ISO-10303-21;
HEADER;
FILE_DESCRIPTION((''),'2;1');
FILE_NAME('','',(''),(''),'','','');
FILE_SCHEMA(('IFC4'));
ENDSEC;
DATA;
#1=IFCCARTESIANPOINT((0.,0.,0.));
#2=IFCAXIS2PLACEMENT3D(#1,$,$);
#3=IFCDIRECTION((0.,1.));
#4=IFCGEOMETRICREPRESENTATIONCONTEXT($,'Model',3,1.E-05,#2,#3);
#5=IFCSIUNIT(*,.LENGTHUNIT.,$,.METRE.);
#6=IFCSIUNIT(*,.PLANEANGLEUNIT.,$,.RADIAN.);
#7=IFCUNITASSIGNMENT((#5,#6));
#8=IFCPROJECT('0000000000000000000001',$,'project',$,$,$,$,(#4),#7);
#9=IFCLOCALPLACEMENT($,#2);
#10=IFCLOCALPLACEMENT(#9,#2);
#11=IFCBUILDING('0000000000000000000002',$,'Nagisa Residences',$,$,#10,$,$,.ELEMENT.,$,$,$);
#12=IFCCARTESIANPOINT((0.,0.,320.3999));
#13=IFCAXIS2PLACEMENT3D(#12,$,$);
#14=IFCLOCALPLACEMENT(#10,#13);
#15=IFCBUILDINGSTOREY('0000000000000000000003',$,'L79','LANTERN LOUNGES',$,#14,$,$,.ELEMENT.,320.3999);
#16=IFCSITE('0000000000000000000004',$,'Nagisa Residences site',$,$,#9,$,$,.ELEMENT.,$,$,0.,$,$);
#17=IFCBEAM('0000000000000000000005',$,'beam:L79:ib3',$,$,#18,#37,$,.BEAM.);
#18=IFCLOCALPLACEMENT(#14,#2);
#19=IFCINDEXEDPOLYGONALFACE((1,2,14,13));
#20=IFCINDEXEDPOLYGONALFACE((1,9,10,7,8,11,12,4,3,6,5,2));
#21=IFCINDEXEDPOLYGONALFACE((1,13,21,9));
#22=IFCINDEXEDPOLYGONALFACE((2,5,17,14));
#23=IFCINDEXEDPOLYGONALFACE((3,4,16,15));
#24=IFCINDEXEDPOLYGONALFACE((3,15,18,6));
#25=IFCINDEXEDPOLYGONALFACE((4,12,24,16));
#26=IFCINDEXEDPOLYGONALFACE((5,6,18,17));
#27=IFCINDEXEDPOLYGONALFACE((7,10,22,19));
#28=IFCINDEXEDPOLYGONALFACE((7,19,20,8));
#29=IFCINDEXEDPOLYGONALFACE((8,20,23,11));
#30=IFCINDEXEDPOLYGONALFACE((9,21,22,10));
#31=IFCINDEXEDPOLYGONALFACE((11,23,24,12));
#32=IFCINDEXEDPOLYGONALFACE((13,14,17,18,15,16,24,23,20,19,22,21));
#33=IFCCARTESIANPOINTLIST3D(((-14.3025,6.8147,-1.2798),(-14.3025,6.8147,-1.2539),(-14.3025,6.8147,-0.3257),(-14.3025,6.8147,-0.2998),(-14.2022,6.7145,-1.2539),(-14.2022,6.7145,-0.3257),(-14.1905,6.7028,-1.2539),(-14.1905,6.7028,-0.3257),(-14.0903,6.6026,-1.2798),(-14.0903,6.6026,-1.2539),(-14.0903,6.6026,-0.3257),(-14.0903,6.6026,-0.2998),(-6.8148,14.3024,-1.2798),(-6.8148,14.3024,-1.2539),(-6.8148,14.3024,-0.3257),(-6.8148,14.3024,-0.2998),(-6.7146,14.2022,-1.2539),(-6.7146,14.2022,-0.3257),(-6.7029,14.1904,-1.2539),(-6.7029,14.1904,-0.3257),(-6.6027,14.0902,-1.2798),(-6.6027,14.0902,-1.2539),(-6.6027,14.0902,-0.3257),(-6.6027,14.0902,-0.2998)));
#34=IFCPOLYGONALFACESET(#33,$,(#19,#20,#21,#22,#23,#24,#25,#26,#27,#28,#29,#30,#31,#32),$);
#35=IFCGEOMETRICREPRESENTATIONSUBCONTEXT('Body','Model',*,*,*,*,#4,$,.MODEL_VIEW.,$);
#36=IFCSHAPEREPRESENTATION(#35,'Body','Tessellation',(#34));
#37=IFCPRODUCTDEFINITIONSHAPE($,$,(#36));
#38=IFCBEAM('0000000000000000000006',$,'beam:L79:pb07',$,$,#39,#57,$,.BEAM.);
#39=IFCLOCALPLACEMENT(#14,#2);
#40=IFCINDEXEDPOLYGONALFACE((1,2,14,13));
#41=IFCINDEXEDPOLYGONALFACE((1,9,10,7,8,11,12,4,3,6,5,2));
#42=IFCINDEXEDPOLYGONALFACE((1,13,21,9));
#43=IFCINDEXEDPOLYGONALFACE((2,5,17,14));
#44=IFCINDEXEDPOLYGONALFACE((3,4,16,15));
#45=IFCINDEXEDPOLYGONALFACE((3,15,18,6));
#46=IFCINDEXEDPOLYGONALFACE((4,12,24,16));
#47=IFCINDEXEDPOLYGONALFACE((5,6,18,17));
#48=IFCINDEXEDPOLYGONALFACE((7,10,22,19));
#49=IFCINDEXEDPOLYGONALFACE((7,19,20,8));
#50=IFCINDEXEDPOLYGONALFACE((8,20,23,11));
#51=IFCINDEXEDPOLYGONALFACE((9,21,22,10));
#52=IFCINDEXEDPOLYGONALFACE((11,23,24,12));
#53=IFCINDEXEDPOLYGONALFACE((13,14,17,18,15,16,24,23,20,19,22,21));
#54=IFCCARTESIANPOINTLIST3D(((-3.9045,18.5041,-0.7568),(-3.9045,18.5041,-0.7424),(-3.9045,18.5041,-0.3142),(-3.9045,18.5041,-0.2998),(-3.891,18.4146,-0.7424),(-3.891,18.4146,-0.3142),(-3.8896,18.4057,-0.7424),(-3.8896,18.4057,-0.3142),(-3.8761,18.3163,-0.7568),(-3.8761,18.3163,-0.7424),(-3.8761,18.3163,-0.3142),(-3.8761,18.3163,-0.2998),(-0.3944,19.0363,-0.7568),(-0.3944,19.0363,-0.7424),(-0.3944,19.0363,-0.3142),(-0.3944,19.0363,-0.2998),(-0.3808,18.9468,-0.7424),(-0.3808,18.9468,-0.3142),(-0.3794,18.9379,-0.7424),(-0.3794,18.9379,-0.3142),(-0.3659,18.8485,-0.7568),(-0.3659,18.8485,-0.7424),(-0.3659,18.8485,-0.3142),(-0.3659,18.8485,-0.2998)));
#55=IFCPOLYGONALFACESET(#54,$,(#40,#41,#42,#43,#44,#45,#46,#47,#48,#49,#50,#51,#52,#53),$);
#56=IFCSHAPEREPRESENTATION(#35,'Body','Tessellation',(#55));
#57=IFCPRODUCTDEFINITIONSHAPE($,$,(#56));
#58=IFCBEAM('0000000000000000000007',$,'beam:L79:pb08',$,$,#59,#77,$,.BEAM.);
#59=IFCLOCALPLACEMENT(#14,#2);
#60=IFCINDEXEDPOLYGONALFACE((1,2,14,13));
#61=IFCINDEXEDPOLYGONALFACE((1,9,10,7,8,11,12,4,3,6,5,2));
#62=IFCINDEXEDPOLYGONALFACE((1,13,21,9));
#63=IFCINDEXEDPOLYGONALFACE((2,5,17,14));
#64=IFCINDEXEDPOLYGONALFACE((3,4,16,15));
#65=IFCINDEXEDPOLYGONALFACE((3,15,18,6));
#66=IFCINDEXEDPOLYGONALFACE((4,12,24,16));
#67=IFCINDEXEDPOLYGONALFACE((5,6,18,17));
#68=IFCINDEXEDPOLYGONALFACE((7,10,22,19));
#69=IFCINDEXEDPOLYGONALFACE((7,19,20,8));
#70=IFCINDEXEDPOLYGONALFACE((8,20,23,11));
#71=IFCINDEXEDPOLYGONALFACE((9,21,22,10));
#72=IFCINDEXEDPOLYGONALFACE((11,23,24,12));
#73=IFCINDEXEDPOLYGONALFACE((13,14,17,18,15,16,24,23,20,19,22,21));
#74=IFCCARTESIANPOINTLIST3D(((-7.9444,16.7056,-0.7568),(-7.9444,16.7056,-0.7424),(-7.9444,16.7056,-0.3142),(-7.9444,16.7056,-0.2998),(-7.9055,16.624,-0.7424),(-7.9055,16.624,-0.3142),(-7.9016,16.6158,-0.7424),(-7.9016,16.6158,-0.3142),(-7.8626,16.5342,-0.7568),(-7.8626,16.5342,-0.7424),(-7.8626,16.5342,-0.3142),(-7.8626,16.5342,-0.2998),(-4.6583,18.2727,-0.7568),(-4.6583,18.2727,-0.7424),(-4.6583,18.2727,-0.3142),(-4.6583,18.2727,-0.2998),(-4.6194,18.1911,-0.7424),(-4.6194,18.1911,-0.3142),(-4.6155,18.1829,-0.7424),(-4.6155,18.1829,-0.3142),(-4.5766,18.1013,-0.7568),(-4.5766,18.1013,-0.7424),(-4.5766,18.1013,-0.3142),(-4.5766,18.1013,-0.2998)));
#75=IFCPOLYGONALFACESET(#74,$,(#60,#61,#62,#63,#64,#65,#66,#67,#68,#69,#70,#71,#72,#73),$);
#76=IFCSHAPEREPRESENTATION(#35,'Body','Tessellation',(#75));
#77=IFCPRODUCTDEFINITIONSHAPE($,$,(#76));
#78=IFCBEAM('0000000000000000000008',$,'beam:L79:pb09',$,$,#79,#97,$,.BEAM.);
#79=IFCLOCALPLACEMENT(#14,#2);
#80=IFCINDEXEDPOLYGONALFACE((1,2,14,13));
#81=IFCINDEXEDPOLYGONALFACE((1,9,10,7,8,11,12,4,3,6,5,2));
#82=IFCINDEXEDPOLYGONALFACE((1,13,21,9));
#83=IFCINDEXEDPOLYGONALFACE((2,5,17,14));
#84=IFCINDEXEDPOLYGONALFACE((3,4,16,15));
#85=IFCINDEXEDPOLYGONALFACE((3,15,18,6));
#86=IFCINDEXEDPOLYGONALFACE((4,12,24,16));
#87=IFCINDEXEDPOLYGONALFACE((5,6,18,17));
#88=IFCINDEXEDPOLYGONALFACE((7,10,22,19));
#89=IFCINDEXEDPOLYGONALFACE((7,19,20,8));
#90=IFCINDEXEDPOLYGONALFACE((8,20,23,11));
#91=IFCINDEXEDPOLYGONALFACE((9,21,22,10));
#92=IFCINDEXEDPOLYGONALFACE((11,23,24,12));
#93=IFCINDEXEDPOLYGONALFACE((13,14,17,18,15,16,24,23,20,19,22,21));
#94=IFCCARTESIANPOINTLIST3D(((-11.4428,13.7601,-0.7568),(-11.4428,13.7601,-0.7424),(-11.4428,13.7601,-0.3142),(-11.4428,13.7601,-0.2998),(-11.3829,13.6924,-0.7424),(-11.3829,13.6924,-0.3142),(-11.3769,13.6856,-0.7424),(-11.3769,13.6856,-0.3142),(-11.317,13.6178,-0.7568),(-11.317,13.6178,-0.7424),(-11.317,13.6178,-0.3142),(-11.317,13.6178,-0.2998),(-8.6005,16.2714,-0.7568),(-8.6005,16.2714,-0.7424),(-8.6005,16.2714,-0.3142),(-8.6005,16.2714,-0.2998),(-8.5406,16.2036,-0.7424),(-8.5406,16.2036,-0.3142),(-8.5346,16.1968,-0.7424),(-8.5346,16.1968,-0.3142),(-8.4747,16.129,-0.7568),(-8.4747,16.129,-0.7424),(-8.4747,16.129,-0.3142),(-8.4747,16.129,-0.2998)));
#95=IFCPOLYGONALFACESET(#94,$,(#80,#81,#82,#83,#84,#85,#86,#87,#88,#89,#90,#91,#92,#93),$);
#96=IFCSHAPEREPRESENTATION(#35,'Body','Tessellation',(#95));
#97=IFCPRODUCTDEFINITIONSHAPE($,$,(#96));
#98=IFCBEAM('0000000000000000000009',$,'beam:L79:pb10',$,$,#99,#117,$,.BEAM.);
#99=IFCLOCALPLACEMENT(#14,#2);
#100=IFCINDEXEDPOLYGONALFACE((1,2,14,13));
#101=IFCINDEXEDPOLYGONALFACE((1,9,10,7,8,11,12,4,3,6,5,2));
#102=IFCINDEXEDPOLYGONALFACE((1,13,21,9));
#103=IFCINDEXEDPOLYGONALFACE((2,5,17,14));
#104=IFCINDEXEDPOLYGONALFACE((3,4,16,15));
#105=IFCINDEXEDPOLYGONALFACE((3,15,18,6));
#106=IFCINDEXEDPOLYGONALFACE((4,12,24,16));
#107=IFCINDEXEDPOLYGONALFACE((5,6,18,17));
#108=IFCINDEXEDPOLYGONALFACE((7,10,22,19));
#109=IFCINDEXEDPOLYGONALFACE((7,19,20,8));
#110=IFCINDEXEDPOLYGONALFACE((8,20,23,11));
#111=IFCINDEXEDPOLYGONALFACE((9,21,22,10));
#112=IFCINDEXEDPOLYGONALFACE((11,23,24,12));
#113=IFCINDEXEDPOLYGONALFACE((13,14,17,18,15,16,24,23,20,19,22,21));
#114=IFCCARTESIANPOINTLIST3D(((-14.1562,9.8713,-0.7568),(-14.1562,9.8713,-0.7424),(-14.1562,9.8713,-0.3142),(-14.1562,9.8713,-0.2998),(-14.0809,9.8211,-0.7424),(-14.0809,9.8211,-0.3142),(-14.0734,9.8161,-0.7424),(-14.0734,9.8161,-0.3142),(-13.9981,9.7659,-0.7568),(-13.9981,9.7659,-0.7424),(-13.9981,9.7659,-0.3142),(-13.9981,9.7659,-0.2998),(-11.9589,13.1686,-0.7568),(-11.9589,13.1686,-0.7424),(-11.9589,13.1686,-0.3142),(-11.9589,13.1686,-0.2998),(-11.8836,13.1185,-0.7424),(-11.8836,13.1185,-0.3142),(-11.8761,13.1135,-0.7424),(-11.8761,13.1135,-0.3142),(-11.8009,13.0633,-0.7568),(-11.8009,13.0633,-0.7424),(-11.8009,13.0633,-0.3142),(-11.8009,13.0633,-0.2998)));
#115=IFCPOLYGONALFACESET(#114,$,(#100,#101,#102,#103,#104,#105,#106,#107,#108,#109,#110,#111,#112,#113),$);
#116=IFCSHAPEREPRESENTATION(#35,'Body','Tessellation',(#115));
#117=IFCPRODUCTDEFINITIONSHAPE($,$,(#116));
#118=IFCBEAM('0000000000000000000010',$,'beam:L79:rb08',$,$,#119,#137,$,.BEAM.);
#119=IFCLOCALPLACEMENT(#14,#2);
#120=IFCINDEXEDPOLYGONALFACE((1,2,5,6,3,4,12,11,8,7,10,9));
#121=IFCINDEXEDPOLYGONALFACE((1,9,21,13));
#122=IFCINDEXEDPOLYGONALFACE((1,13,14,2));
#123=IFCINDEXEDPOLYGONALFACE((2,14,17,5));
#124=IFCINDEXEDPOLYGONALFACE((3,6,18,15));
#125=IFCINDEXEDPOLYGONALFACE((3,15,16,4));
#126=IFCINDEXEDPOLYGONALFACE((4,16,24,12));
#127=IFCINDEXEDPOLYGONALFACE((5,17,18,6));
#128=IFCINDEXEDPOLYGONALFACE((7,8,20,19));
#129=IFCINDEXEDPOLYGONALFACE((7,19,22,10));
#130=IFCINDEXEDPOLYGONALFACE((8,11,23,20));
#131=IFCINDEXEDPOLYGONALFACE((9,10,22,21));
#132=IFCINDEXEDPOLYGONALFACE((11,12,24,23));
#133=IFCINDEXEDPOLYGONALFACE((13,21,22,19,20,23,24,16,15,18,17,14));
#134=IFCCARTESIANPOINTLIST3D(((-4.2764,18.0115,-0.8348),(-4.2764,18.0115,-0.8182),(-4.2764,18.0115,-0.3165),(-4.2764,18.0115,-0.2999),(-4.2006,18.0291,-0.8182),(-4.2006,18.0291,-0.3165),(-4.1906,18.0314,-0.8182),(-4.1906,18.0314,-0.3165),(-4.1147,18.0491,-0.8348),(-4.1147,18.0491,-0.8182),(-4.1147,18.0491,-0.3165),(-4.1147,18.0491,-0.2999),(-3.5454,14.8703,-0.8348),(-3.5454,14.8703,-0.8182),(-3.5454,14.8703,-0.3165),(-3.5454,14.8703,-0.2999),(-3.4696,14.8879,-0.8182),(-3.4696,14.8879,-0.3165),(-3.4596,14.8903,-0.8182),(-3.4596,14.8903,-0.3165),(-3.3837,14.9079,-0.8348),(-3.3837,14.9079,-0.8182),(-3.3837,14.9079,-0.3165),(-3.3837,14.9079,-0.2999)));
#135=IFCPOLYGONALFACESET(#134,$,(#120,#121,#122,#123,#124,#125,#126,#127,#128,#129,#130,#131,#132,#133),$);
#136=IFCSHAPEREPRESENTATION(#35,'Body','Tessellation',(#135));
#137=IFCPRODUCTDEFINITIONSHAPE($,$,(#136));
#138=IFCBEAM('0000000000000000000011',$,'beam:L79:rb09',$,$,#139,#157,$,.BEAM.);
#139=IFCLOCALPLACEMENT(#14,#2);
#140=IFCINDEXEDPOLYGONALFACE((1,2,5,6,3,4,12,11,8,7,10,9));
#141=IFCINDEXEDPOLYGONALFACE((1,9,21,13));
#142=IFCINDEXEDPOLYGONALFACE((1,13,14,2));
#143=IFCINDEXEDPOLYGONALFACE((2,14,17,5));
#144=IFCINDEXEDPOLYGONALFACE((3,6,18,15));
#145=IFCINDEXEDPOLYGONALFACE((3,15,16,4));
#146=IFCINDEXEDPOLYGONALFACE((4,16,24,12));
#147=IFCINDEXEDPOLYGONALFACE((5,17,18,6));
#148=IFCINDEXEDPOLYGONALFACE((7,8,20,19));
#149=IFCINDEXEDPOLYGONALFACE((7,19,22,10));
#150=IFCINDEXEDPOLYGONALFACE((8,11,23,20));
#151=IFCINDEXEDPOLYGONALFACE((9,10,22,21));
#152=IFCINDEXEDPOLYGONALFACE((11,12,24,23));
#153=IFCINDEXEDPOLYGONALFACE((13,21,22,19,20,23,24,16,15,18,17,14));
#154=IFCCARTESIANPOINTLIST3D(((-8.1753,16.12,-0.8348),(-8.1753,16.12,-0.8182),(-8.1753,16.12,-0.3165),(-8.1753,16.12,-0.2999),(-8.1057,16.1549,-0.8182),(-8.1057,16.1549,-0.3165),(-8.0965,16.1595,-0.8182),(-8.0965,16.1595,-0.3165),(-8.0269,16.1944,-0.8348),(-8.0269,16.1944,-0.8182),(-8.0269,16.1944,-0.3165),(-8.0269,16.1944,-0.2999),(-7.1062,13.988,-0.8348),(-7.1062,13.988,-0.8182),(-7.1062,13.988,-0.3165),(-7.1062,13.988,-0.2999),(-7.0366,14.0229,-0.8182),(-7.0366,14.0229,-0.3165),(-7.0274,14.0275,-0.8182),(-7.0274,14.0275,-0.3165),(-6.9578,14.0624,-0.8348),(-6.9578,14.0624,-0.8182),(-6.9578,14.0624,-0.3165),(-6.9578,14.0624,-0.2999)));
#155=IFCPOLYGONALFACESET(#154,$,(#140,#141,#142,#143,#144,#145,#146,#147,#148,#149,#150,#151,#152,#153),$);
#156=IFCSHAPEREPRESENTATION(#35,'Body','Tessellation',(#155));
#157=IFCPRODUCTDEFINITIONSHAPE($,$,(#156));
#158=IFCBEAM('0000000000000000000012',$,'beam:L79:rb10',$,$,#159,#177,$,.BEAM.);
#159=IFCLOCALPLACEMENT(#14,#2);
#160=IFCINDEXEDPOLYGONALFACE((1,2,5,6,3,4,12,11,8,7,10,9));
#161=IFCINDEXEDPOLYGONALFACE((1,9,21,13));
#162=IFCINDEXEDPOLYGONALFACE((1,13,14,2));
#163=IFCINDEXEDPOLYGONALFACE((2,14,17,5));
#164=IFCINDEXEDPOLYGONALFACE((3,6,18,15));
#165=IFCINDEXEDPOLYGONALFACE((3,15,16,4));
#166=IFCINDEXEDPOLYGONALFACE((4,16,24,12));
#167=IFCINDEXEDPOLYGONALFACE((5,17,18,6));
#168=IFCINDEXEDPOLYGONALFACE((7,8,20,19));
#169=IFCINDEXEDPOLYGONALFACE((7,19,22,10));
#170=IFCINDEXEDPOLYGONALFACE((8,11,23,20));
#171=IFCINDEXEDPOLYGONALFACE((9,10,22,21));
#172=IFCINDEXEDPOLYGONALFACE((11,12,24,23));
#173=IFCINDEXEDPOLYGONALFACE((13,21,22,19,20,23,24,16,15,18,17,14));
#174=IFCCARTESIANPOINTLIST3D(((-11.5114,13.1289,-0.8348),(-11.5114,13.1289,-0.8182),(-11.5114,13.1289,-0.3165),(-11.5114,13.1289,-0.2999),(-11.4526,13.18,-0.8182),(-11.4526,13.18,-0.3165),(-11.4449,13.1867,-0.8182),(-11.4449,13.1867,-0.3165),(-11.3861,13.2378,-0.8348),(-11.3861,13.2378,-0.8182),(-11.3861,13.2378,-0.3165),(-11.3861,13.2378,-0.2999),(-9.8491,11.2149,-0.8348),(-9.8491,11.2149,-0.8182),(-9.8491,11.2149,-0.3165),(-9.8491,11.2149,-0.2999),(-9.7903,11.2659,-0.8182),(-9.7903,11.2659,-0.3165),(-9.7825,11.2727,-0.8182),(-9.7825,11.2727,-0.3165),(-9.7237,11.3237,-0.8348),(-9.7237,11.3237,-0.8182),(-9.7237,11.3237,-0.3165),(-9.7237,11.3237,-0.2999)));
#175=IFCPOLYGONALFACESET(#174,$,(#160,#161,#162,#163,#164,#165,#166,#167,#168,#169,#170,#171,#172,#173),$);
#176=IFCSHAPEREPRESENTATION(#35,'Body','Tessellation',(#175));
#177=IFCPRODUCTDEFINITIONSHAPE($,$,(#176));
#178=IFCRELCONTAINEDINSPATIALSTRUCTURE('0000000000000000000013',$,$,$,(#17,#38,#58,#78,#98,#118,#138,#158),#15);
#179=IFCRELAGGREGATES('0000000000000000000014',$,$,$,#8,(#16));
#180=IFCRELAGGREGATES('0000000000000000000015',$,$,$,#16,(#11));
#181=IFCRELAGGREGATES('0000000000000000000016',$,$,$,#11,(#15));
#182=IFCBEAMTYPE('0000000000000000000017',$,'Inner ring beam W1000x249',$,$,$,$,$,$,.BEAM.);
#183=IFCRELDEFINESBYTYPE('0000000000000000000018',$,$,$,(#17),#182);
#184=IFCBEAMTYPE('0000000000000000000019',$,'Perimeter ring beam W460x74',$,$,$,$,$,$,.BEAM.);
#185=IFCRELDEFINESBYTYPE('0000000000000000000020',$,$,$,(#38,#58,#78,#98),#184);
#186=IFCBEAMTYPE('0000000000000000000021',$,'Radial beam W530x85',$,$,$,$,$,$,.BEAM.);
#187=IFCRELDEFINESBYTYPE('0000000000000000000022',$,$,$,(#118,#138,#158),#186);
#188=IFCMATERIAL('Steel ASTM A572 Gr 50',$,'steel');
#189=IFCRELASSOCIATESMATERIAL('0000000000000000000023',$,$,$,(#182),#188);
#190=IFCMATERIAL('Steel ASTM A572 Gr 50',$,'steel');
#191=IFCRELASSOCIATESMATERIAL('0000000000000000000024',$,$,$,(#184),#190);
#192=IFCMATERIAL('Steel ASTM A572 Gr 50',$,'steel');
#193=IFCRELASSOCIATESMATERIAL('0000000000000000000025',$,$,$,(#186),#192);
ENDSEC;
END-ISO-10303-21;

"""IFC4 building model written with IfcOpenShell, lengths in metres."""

from ifc_helpers import new_model, si_unit, direction, frame, origin, origin_2d, place, context, subcontext, project, spatial, i_section, extrude, material, material_profile, profile_set, type_object, element, save


model = new_model("IFC4")

# Units and contexts
model_context = context("Model", 3, precision=1e-05, world=origin(), true_north=direction((0.0, 1.0)))
body_context = subcontext(model_context, "Body", "Model", "MODEL_VIEW")
ifc_project = project(units=[si_unit("LENGTHUNIT", "METRE"), si_unit("PLANEANGLEUNIT", "RADIAN")], contexts=[model_context])

# Site, building, storey
site_placement = place(None, origin())
site = spatial("IfcSite", under=ifc_project, at=site_placement, Name="Nagisa Residences site", CompositionType="ELEMENT", RefElevation=0.0)
building_placement = place(site_placement, origin())
building = spatial("IfcBuilding", under=site, at=building_placement, Name="Nagisa Residences", CompositionType="ELEMENT")
storey_placement = place(building_placement, frame((0.0, 0.0, 320.3999)))
storey = spatial("IfcBuildingStorey", under=building, at=storey_placement, Name="L79", Description="LANTERN LOUNGES", CompositionType="ELEMENT", Elevation=320.3999)

# Beams
ifc_material_1 = material(Name="Steel ASTM A572 Gr 50", Category="steel")
ifc_material_profile_1 = material_profile(ifc_material_1, i_section(OverallWidth=0.3, OverallDepth=0.98, WebThickness=0.0166, FlangeThickness=0.0259, at=origin_2d()), Name="W1000x249")
ifc_profile_set_1 = profile_set([ifc_material_profile_1], Name="Steel ASTM A572 Gr 50")
beam_type_1 = type_object("IfcBeamType", Name="Inner ring beam W1000x249", PredefinedType="BEAM", material=ifc_profile_set_1)
beam_1_placement = place(storey_placement, frame((-6.7087, 14.1963, -0.7898), z_axis=(-0.707107, -0.707107, 0.0), x_axis=(0.707107, -0.707107, 0.0)))
element("IfcBeam", 1, at=beam_1_placement, inside=storey, type_object=beam_type_1, Name="beam:L79:ib3", PredefinedType="BEAM", context=body_context, shape_type="SweptSolid", body=[
    extrude(i_section(OverallWidth=0.3, OverallDepth=0.98, WebThickness=0.0166, FlangeThickness=0.0259, at=origin_2d()), origin(), (0.0, 0.0, 1.0), 10.5891),
])
ifc_material_2 = material(Name="Steel ASTM A572 Gr 50", Category="steel")
ifc_material_profile_2 = material_profile(ifc_material_2, i_section(OverallWidth=0.1899, OverallDepth=0.457, WebThickness=0.009, FlangeThickness=0.0144, at=origin_2d()), Name="W460x74")
ifc_profile_set_2 = profile_set([ifc_material_profile_2], Name="Steel ASTM A572 Gr 50")
beam_type_2 = type_object("IfcBeamType", Name="Perimeter ring beam W460x74", PredefinedType="BEAM", material=ifc_profile_set_2)
beam_2_placement = place(storey_placement, frame((-0.3801, 18.9424, -0.5283), z_axis=(-0.9887, -0.149907, 0.0), x_axis=(0.149907, -0.9887, 0.0)))
element("IfcBeam", 2, at=beam_2_placement, inside=storey, type_object=beam_type_2, Name="beam:L79:pb07", PredefinedType="BEAM", context=body_context, shape_type="SweptSolid", body=[
    extrude(i_section(OverallWidth=0.1899, OverallDepth=0.457, WebThickness=0.009, FlangeThickness=0.0144, at=origin_2d()), origin(), (0.0, 0.0, 1.0), 3.5503),
])
beam_3_placement = place(storey_placement, frame((-4.6174, 18.187, -0.5283), z_axis=(-0.902614, -0.430452, 0.0), x_axis=(0.430452, -0.902614, 0.0)))
element("IfcBeam", 3, at=beam_3_placement, inside=storey, type_object=beam_type_2, Name="beam:L79:pb08", PredefinedType="BEAM", context=body_context, shape_type="SweptSolid", body=[
    extrude(i_section(OverallWidth=0.1899, OverallDepth=0.457, WebThickness=0.009, FlangeThickness=0.0144, at=origin_2d()), origin(), (0.0, 0.0, 1.0), 3.6406),
])
beam_4_placement = place(storey_placement, frame((-8.5376, 16.2002, -0.5283), z_axis=(-0.749402, -0.662115, 0.0), x_axis=(0.662115, -0.749402, 0.0)))
element("IfcBeam", 4, at=beam_4_placement, inside=storey, type_object=beam_type_2, Name="beam:L79:pb09", PredefinedType="BEAM", context=body_context, shape_type="SweptSolid", body=[
    extrude(i_section(OverallWidth=0.1899, OverallDepth=0.457, WebThickness=0.009, FlangeThickness=0.0144, at=origin_2d()), origin(), (0.0, 0.0, 1.0), 3.7927),
])
beam_5_placement = place(storey_placement, frame((-11.8799, 13.116, -0.5283), z_axis=(-0.55453, -0.832164, 0.0), x_axis=(0.832164, -0.55453, 0.0)))
element("IfcBeam", 5, at=beam_5_placement, inside=storey, type_object=beam_type_2, Name="beam:L79:pb10", PredefinedType="BEAM", context=body_context, shape_type="SweptSolid", body=[
    extrude(i_section(OverallWidth=0.1899, OverallDepth=0.457, WebThickness=0.009, FlangeThickness=0.0144, at=origin_2d()), origin(), (0.0, 0.0, 1.0), 3.9624),
])
ifc_material_3 = material(Name="Steel ASTM A572 Gr 50", Category="steel")
ifc_material_profile_3 = material_profile(ifc_material_3, i_section(OverallWidth=0.166, OverallDepth=0.5349, WebThickness=0.0103, FlangeThickness=0.0166, at=origin_2d()), Name="W530x85")
ifc_profile_set_3 = profile_set([ifc_material_profile_3], Name="Steel ASTM A572 Gr 50")
beam_type_3 = type_object("IfcBeamType", Name="Radial beam W530x85", PredefinedType="BEAM", material=ifc_profile_set_3)
beam_6_placement = place(storey_placement, frame((-4.1956, 18.0303, -0.5674), z_axis=(0.22665, -0.973976, 0.0), x_axis=(0.973976, 0.22665, 0.0)))
element("IfcBeam", 6, at=beam_6_placement, inside=storey, type_object=beam_type_3, Name="beam:L79:rb08", PredefinedType="BEAM", context=body_context, shape_type="SweptSolid", body=[
    extrude(i_section(OverallWidth=0.166, OverallDepth=0.5349, WebThickness=0.0103, FlangeThickness=0.0166, at=origin_2d()), origin(), (0.0, 0.0, 1.0), 3.2251),
])
beam_7_placement = place(storey_placement, frame((-8.1011, 16.1572, -0.5674), z_axis=(0.448237, -0.893915, 0.0), x_axis=(0.893915, 0.448237, 0.0)))
element("IfcBeam", 7, at=beam_7_placement, inside=storey, type_object=beam_type_3, Name="beam:L79:rb09", PredefinedType="BEAM", context=body_context, shape_type="SweptSolid", body=[
    extrude(i_section(OverallWidth=0.166, OverallDepth=0.5349, WebThickness=0.0103, FlangeThickness=0.0166, at=origin_2d()), origin(), (0.0, 0.0, 1.0), 2.385),
])
beam_8_placement = place(storey_placement, frame((-11.4487, 13.1833, -0.5674), z_axis=(0.655718, -0.755006, 0.0), x_axis=(0.755006, 0.655718, 0.0)))
element("IfcBeam", 8, at=beam_8_placement, inside=storey, type_object=beam_type_3, Name="beam:L79:rb10", PredefinedType="BEAM", context=body_context, shape_type="SweptSolid", body=[
    extrude(i_section(OverallWidth=0.166, OverallDepth=0.5349, WebThickness=0.0103, FlangeThickness=0.0166, at=origin_2d()), origin(), (0.0, 0.0, 1.0), 2.5352),
])

save(model, "model.ifc")
